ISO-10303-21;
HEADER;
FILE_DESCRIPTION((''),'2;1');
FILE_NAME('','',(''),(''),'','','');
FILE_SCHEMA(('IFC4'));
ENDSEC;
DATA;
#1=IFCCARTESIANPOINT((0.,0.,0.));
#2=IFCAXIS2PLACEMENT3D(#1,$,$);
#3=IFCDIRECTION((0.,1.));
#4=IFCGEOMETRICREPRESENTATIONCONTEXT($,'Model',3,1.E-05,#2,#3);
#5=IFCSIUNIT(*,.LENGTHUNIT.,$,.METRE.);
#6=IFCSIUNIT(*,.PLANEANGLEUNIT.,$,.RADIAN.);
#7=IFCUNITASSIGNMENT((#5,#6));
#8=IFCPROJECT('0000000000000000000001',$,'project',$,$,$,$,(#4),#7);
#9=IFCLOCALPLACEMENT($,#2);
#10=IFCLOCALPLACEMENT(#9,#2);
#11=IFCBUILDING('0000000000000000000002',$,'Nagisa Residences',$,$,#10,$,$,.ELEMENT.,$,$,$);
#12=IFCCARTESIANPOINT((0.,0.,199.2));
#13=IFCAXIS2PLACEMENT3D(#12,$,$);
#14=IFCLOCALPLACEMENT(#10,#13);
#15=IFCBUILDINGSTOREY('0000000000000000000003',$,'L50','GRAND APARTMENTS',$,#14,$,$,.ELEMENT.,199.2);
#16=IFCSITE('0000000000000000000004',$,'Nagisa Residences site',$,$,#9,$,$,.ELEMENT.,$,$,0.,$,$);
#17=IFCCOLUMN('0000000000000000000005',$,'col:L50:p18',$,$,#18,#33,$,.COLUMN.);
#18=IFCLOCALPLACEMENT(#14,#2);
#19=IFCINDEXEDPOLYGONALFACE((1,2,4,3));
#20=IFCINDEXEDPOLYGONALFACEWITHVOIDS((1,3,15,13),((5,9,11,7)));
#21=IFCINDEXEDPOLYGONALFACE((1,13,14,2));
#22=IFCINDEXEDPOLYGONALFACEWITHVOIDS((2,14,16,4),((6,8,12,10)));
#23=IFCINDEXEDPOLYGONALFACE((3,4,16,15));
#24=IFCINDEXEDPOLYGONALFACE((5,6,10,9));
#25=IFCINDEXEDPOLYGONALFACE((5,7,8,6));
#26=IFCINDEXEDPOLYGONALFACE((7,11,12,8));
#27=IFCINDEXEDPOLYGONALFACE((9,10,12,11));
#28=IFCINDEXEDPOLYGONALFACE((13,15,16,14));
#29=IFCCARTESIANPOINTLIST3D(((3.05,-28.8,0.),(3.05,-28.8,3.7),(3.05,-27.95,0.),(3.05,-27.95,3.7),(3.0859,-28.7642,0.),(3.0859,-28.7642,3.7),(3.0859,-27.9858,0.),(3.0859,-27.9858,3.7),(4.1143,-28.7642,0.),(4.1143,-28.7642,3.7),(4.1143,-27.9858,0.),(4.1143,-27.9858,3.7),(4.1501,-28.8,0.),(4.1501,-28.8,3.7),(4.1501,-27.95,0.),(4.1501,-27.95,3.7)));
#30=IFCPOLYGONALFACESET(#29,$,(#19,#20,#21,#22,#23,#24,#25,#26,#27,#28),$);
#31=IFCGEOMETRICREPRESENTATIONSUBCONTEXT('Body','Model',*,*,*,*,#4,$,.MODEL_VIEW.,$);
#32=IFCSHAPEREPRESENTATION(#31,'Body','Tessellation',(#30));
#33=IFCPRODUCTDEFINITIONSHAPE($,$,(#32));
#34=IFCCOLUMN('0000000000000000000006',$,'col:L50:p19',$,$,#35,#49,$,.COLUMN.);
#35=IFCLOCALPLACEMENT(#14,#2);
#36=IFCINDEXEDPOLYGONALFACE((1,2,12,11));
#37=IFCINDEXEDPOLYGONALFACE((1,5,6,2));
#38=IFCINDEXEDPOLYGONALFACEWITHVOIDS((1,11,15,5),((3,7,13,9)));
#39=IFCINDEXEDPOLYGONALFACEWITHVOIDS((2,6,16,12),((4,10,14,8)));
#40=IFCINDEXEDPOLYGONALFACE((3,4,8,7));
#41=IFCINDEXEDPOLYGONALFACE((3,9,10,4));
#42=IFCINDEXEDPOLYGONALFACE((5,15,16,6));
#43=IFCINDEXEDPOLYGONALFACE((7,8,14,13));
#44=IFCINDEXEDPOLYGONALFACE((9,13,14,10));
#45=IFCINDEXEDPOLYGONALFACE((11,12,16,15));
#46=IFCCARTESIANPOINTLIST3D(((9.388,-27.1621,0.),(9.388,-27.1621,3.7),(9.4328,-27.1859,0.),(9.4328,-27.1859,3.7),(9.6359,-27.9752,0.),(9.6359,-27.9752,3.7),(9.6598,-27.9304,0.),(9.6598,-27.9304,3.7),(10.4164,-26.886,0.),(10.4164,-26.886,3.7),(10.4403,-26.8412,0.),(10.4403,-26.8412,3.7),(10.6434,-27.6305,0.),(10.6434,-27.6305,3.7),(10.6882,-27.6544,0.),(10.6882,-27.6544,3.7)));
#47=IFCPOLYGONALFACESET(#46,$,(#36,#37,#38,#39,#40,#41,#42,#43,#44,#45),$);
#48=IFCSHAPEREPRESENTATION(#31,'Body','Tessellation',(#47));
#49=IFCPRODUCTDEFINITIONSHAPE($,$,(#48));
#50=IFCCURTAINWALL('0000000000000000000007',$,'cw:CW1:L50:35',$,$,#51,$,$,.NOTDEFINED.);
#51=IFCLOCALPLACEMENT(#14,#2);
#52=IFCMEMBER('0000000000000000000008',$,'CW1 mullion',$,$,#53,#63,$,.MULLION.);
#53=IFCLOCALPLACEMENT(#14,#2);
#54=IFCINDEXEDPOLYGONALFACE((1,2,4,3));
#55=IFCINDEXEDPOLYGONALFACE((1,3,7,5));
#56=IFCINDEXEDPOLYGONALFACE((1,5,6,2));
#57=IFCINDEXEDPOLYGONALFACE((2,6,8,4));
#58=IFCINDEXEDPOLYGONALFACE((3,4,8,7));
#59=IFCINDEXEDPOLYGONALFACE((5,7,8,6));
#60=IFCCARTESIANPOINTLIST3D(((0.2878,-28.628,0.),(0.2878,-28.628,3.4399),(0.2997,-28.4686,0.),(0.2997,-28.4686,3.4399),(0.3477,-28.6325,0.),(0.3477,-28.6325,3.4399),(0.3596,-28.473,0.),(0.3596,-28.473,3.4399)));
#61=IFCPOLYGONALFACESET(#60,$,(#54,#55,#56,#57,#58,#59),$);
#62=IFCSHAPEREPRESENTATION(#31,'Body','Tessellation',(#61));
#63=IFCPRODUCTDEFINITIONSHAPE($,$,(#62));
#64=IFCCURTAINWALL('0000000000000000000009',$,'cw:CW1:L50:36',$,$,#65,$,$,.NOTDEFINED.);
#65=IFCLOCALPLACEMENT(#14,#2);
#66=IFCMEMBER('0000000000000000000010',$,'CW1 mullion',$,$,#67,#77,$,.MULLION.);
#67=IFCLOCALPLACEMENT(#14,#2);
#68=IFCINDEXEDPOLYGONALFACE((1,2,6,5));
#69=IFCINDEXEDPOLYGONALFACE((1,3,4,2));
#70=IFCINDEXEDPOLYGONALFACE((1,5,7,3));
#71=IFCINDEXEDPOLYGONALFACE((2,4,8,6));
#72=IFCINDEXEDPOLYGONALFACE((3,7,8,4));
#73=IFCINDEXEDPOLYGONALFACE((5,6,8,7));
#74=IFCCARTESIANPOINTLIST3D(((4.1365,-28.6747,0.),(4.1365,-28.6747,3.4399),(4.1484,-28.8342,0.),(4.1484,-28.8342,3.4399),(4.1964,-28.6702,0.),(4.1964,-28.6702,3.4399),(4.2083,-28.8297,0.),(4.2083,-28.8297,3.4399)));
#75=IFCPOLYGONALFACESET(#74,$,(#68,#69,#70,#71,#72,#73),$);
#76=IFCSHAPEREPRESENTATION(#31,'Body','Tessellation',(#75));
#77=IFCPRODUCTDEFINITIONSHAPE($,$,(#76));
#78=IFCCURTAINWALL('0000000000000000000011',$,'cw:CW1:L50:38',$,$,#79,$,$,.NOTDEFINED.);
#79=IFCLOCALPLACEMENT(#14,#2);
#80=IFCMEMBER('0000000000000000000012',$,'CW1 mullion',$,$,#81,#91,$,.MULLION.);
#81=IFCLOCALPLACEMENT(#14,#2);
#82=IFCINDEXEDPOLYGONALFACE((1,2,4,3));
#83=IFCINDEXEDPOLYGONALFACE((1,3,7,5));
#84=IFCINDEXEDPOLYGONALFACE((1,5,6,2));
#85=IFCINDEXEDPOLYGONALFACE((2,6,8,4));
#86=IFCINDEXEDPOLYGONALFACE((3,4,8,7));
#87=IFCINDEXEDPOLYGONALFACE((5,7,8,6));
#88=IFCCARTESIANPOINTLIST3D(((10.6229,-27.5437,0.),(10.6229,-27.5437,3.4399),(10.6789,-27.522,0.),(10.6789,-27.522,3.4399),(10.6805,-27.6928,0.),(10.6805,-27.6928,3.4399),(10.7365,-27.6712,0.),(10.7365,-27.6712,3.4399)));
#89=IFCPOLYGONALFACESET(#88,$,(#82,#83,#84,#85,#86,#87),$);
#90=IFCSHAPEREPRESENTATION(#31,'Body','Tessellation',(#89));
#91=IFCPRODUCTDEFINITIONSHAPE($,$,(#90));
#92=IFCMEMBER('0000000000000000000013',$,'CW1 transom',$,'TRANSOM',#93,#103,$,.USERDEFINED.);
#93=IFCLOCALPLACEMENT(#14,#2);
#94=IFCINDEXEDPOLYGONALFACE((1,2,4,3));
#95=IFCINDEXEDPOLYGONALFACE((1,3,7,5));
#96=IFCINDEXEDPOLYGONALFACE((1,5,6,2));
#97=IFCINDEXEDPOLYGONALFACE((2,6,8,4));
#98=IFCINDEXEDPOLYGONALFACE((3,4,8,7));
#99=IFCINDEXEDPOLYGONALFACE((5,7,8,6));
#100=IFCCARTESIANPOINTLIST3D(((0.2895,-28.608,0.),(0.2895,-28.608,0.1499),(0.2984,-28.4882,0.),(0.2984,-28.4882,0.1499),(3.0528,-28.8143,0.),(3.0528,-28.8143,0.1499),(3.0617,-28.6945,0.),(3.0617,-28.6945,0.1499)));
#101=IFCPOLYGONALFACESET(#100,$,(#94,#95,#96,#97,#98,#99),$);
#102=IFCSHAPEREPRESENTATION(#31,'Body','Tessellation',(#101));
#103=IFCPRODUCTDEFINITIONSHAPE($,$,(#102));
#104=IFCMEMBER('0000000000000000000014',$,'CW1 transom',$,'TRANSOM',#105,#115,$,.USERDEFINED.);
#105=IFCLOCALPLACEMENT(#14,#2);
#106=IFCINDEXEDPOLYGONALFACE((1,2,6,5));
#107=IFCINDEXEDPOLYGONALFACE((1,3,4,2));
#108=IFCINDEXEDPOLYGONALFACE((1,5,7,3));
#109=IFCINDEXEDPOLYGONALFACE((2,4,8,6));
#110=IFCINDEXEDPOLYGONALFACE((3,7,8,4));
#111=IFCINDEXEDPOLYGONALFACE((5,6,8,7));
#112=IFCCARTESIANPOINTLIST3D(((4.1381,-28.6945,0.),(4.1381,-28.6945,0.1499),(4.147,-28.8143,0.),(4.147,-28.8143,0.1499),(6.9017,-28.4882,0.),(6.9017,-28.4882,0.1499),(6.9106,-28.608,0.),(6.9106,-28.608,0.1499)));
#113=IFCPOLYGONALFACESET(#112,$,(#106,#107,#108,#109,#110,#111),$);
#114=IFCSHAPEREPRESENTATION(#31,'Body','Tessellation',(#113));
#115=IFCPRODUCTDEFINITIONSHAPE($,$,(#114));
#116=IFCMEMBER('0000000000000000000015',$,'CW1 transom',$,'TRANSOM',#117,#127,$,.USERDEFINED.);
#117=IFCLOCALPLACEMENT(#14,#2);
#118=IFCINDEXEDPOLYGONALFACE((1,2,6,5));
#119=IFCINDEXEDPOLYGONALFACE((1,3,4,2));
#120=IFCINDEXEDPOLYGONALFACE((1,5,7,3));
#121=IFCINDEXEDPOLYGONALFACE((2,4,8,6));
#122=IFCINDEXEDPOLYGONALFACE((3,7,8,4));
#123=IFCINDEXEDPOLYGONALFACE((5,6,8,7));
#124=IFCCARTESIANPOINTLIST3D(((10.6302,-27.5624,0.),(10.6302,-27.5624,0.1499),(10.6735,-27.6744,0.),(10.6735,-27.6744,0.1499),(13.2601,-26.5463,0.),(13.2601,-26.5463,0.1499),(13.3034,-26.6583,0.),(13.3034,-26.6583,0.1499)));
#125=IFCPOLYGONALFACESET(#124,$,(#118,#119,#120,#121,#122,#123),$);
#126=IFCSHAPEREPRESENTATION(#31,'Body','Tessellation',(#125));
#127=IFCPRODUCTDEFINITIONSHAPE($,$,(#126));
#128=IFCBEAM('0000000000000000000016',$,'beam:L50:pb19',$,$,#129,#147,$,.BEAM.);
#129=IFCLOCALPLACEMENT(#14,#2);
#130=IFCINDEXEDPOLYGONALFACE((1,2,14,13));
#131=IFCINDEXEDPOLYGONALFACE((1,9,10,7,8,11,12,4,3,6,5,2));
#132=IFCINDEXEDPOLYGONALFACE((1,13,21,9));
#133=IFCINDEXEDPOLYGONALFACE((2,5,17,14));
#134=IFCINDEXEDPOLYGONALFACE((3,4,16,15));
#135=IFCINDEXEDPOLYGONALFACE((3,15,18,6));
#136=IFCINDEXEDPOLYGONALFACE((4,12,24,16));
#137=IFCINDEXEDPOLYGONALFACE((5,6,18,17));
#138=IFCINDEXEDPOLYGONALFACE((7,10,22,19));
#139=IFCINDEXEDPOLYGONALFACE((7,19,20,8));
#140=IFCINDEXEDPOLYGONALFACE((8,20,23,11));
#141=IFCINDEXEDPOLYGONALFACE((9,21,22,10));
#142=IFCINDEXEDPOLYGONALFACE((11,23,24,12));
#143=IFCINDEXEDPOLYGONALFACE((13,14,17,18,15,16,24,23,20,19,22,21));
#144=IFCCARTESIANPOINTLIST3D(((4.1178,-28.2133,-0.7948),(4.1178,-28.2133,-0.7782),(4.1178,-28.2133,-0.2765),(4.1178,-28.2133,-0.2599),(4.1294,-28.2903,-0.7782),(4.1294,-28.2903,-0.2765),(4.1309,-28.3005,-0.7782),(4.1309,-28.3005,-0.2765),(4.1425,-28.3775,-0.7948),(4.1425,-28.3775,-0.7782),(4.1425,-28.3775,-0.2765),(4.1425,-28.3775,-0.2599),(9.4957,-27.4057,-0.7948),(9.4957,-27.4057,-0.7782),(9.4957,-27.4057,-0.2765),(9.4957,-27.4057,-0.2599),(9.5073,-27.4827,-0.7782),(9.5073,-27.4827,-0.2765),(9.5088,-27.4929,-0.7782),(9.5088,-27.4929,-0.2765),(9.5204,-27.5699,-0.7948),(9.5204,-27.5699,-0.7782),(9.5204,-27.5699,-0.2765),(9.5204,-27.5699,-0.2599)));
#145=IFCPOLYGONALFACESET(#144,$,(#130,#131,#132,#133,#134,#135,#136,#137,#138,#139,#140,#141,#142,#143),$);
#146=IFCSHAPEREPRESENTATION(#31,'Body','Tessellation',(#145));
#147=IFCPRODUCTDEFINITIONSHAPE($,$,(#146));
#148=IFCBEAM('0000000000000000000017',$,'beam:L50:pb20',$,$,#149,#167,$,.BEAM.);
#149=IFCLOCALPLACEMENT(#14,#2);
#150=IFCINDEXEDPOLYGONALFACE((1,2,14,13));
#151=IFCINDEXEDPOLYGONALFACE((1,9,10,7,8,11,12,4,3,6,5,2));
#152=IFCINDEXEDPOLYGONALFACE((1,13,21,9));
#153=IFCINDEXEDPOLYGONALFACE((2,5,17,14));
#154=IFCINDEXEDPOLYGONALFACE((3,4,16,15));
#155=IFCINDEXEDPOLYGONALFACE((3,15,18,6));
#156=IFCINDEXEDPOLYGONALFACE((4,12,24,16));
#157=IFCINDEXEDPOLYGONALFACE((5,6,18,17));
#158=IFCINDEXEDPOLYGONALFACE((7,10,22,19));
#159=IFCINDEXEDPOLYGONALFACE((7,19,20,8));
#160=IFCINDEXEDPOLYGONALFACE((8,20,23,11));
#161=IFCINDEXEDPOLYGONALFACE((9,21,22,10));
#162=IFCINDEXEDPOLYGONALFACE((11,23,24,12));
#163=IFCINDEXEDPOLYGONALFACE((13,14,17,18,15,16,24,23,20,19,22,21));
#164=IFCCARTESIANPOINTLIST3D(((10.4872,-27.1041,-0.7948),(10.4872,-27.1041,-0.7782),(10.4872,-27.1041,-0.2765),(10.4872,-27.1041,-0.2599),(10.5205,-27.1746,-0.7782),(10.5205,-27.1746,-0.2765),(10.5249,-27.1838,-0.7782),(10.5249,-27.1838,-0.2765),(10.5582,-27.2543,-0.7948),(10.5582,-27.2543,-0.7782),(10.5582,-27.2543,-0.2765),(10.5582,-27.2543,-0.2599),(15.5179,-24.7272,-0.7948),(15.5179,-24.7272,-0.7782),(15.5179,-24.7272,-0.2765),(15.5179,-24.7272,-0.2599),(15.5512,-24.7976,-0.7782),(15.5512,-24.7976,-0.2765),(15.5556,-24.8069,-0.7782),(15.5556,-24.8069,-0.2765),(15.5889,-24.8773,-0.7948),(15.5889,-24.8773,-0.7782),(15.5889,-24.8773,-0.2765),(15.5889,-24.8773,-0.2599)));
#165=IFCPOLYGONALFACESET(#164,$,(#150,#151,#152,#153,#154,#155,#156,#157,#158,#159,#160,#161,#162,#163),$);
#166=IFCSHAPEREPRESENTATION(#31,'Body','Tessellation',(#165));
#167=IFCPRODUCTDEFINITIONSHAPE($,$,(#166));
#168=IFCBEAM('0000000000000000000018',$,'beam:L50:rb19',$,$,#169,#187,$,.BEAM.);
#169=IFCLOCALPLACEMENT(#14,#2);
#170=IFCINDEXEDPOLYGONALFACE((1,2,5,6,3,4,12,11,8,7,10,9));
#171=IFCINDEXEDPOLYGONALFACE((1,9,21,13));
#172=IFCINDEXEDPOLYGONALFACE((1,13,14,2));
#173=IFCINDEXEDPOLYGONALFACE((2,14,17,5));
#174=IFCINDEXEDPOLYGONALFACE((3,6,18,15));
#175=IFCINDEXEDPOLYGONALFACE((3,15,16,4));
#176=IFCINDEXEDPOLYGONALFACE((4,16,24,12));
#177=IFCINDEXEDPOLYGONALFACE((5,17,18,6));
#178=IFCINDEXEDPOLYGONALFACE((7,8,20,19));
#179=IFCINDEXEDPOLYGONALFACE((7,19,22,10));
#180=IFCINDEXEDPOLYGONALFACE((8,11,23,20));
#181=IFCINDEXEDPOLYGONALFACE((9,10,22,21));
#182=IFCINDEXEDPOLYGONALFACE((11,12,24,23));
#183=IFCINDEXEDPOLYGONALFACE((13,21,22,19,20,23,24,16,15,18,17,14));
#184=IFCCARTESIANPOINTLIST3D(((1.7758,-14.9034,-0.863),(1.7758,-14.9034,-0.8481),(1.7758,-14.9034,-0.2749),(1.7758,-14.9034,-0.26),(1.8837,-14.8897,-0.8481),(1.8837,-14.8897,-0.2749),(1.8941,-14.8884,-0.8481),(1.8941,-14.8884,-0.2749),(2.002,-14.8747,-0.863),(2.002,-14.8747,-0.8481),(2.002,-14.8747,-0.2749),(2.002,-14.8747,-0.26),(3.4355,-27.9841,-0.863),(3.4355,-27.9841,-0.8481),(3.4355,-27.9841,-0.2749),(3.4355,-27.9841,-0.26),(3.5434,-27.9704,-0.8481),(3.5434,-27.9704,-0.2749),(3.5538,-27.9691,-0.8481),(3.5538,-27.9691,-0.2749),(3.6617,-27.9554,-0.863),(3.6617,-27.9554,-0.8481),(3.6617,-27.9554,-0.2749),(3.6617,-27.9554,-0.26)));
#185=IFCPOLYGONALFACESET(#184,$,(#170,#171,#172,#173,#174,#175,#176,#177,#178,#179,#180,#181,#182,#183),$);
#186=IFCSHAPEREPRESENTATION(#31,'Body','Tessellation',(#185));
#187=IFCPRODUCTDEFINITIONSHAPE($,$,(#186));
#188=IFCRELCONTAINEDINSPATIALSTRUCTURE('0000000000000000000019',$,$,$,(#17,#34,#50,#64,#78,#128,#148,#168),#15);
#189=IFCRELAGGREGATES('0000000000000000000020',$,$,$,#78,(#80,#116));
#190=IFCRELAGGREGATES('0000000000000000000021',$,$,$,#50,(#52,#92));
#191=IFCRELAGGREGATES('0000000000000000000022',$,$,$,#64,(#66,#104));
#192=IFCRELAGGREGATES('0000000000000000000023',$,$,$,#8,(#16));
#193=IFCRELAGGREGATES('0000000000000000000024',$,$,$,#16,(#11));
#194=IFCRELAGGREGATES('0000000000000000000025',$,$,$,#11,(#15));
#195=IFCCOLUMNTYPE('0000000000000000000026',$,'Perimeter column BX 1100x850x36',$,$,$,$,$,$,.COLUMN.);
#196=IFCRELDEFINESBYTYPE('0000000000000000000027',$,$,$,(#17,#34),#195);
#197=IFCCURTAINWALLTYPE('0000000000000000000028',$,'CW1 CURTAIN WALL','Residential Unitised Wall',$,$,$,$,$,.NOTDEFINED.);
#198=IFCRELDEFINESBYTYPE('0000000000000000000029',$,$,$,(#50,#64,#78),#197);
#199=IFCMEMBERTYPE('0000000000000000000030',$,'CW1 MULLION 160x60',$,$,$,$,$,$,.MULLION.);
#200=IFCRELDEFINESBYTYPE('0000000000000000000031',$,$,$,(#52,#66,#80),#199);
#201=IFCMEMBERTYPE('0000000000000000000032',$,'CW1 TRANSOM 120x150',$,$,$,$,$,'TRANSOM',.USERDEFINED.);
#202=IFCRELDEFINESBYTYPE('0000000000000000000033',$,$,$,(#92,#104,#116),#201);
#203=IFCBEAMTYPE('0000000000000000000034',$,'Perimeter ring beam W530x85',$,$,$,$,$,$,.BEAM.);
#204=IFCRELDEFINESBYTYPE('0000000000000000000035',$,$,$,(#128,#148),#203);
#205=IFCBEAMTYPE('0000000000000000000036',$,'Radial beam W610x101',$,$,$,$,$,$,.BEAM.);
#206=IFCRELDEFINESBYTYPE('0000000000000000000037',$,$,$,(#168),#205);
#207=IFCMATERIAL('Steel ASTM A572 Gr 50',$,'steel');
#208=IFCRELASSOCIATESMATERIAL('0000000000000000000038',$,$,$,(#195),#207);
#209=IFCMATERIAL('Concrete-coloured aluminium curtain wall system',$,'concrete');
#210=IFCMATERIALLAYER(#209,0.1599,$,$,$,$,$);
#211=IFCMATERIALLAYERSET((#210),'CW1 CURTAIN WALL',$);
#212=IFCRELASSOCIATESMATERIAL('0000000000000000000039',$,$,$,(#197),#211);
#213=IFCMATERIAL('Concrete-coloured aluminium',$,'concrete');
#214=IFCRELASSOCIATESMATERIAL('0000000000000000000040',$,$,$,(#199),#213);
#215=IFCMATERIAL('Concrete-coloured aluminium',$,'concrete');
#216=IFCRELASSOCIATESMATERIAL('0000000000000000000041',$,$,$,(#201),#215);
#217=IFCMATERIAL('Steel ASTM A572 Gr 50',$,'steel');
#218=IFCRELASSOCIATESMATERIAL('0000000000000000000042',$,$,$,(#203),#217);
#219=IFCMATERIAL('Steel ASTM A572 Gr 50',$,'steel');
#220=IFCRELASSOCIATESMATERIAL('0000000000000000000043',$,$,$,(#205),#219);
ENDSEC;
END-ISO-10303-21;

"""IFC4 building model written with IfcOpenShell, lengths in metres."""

from ifc_helpers import new_model, si_unit, direction, frame, origin, origin_2d, place, context, subcontext, project, spatial, rectangle, hollow_rectangle, i_section, extrude, material, layer, layer_set, material_profile, profile_set, type_object, element, aggregate, save


model = new_model("IFC4")

# Units and contexts
model_context = context("Model", 3, precision=1e-05, world=origin(), true_north=direction((0.0, 1.0)))
body_context = subcontext(model_context, "Body", "Model", "MODEL_VIEW")
ifc_project = project(units=[si_unit("LENGTHUNIT", "METRE"), si_unit("PLANEANGLEUNIT", "RADIAN")], contexts=[model_context])

# Site, building, storey
site_placement = place(None, origin())
site = spatial("IfcSite", under=ifc_project, at=site_placement, Name="Nagisa Residences site", CompositionType="ELEMENT", RefElevation=0.0)
building_placement = place(site_placement, origin())
building = spatial("IfcBuilding", under=site, at=building_placement, Name="Nagisa Residences", CompositionType="ELEMENT")
storey_placement = place(building_placement, frame((0.0, 0.0, 199.2)))
storey = spatial("IfcBuildingStorey", under=building, at=storey_placement, Name="L50", Description="GRAND APARTMENTS", CompositionType="ELEMENT", Elevation=199.2)

# Columns
ifc_material_1 = material(Name="Steel ASTM A572 Gr 50", Category="steel")
ifc_material_profile_1 = material_profile(ifc_material_1, hollow_rectangle(XDim=1.1001, YDim=0.8501, WallThickness=0.0359, at=origin_2d()), Name="BX 1100x850x36")
ifc_profile_set_1 = profile_set([ifc_material_profile_1], Name="Steel ASTM A572 Gr 50")
column_type = type_object("IfcColumnType", Name="Perimeter column BX 1100x850x36", PredefinedType="COLUMN", material=ifc_profile_set_1)
for number, where, z_axis, x_axis, name in (
    (1, (3.6001, -28.375, 0.0), (0.0, 0.0, 1.0), (1.0, 0.0, 0.0), "col:L50:p18"),
    (2, (10.0381, -27.4082, 0.0), (0.0, 0.0, 1.0), (0.956525, 0.291652, 0.0), "col:L50:p19"),
):
    element("IfcColumn", number, at=place(storey_placement, frame(where, z_axis=z_axis, x_axis=x_axis)), inside=storey, type_object=column_type, Name=name, PredefinedType="COLUMN", context=body_context, shape_type="SweptSolid", body=[
        extrude(hollow_rectangle(XDim=1.1001, YDim=0.8501, WallThickness=0.0359, at=origin_2d()), origin(), (0.0, 0.0, 1.0), 3.7),
    ])

# Curtain walls, members
ifc_material_2 = material(Name="Concrete-coloured aluminium curtain wall system", Category="concrete")
ifc_layer_1 = layer(ifc_material_2, 0.1599)
ifc_layer_set_1 = layer_set([ifc_layer_1], Name="CW1 CURTAIN WALL")
curtain_wall_type = type_object("IfcCurtainWallType", Name="CW1 CURTAIN WALL", Description="Residential Unitised Wall", PredefinedType="NOTDEFINED", material=ifc_layer_set_1)
curtain_wall_1_placement = place(storey_placement, origin())
curtain_wall_1 = element("IfcCurtainWall", 3, at=curtain_wall_1_placement, inside=storey, type_object=curtain_wall_type, Name="cw:CW1:L50:35", PredefinedType="NOTDEFINED")
ifc_material_3 = material(Name="Concrete-coloured aluminium", Category="concrete")
ifc_material_profile_2 = material_profile(ifc_material_3, rectangle(XDim=0.1599, YDim=0.0601, at=origin_2d()), Name="CW1 MULLION 160x60")
ifc_profile_set_2 = profile_set([ifc_material_profile_2], Name="Concrete-coloured aluminium")
member_type_1 = type_object("IfcMemberType", Name="CW1 MULLION 160x60", PredefinedType="MULLION", material=ifc_profile_set_2)
member_1_placement = place(storey_placement, frame((0.3237, -28.5505, 0.0), z_axis=(0.0, 0.0, 1.0), x_axis=(0.074377, 0.99723, 0.0)))
member_1 = element("IfcMember", 4, at=member_1_placement, type_object=member_type_1, Name="CW1 mullion", PredefinedType="MULLION", context=body_context, shape_type="SweptSolid", body=[
    extrude(rectangle(XDim=0.1599, YDim=0.0601, at=origin_2d()), origin(), (0.0, 0.0, 1.0), 3.4399),
])
curtain_wall_2_placement = place(storey_placement, origin())
curtain_wall_2 = element("IfcCurtainWall", 5, at=curtain_wall_2_placement, inside=storey, type_object=curtain_wall_type, Name="cw:CW1:L50:36", PredefinedType="NOTDEFINED")
member_2_placement = place(storey_placement, frame((4.1724, -28.7522, 0.0), z_axis=(0.0, 0.0, 1.0), x_axis=(-0.074377, 0.99723, 0.0)))
member_2 = element("IfcMember", 6, at=member_2_placement, type_object=member_type_1, Name="CW1 mullion", PredefinedType="MULLION", context=body_context, shape_type="SweptSolid", body=[
    extrude(rectangle(XDim=0.1599, YDim=0.0601, at=origin_2d()), origin(), (0.0, 0.0, 1.0), 3.4399),
])
curtain_wall_3_placement = place(storey_placement, origin())
curtain_wall_3 = element("IfcCurtainWall", 7, at=curtain_wall_3_placement, inside=storey, type_object=curtain_wall_type, Name="cw:CW1:L50:38", PredefinedType="NOTDEFINED")
member_3_placement = place(storey_placement, frame((10.6797, -27.6074, 0.0), z_axis=(0.0, 0.0, 1.0), x_axis=(-0.360328, 0.932826, 0.0)))
member_3 = element("IfcMember", 8, at=member_3_placement, type_object=member_type_1, Name="CW1 mullion", PredefinedType="MULLION", context=body_context, shape_type="SweptSolid", body=[
    extrude(rectangle(XDim=0.1599, YDim=0.0601, at=origin_2d()), origin(), (0.0, 0.0, 1.0), 3.4399),
])

# Members
ifc_material_4 = material(Name="Concrete-coloured aluminium", Category="concrete")
ifc_material_profile_3 = material_profile(ifc_material_4, rectangle(XDim=0.1201, YDim=0.1499, at=origin_2d()), Name="CW1 TRANSOM 120x150")
ifc_profile_set_3 = profile_set([ifc_material_profile_3], Name="Concrete-coloured aluminium")
member_type_2 = type_object("IfcMemberType", Name="CW1 TRANSOM 120x150", ElementType="TRANSOM", PredefinedType="USERDEFINED", material=ifc_profile_set_3)
member_4_placement = place(storey_placement, frame((0.2939, -28.5481, 0.075), z_axis=(0.997225, -0.074446, 0.0), x_axis=(0.074446, 0.997225, 0.0)))
member_4 = element("IfcMember", 9, at=member_4_placement, type_object=member_type_2, Name="CW1 transom", ObjectType="TRANSOM", PredefinedType="USERDEFINED", context=body_context, shape_type="SweptSolid", body=[
    extrude(rectangle(XDim=0.1201, YDim=0.1499, at=origin_2d()), origin(), (0.0, 0.0, 1.0), 2.771),
])
member_5_placement = place(storey_placement, frame((4.1426, -28.7544, 0.075), z_axis=(0.997226, 0.07444, 0.0), x_axis=(-0.07444, 0.997226, 0.0)))
member_5 = element("IfcMember", 10, at=member_5_placement, type_object=member_type_2, Name="CW1 transom", ObjectType="TRANSOM", PredefinedType="USERDEFINED", context=body_context, shape_type="SweptSolid", body=[
    extrude(rectangle(XDim=0.1201, YDim=0.1499, at=origin_2d()), origin(), (0.0, 0.0, 1.0), 2.7712),
])
member_6_placement = place(storey_placement, frame((10.6519, -27.6184, 0.075), z_axis=(0.932795, 0.360406, 0.0), x_axis=(-0.360406, 0.932795, 0.0)))
member_6 = element("IfcMember", 11, at=member_6_placement, type_object=member_type_2, Name="CW1 transom", ObjectType="TRANSOM", PredefinedType="USERDEFINED", context=body_context, shape_type="SweptSolid", body=[
    extrude(rectangle(XDim=0.1201, YDim=0.1499, at=origin_2d()), origin(), (0.0, 0.0, 1.0), 2.8193),
])
aggregate(curtain_wall_3, [member_3, member_6])

# Beams
ifc_material_5 = material(Name="Steel ASTM A572 Gr 50", Category="steel")
ifc_material_profile_4 = material_profile(ifc_material_5, i_section(OverallWidth=0.166, OverallDepth=0.5349, WebThickness=0.0103, FlangeThickness=0.0166, at=origin_2d()), Name="W530x85")
ifc_profile_set_4 = profile_set([ifc_material_profile_4], Name="Steel ASTM A572 Gr 50")
beam_type_1 = type_object("IfcBeamType", Name="Perimeter ring beam W530x85", PredefinedType="BEAM", material=ifc_profile_set_4)
beam_1_placement = place(storey_placement, frame((4.1301, -28.2954, -0.5273), z_axis=(0.988911, 0.148507, 0.0), x_axis=(-0.148507, 0.988911, 0.0)))
element("IfcBeam", 12, at=beam_1_placement, inside=storey, type_object=beam_type_1, Name="beam:L50:pb19", PredefinedType="BEAM", context=body_context, shape_type="SweptSolid", body=[
    extrude(i_section(OverallWidth=0.166, OverallDepth=0.5349, WebThickness=0.0103, FlangeThickness=0.0166, at=origin_2d()), origin(), (0.0, 0.0, 1.0), 5.4382),
])
beam_2_placement = place(storey_placement, frame((10.5227, -27.1792, -0.5273), z_axis=(0.904157, 0.4272, 0.0), x_axis=(-0.4272, 0.904157, 0.0)))
element("IfcBeam", 13, at=beam_2_placement, inside=storey, type_object=beam_type_1, Name="beam:L50:pb20", PredefinedType="BEAM", context=body_context, shape_type="SweptSolid", body=[
    extrude(i_section(OverallWidth=0.166, OverallDepth=0.5349, WebThickness=0.0103, FlangeThickness=0.0166, at=origin_2d()), origin(), (0.0, 0.0, 1.0), 5.564),
])
ifc_material_6 = material(Name="Steel ASTM A572 Gr 50", Category="steel")
ifc_material_profile_5 = material_profile(ifc_material_6, i_section(OverallWidth=0.228, OverallDepth=0.603, WebThickness=0.0105, FlangeThickness=0.0149, at=origin_2d()), Name="W610x101")
ifc_profile_set_5 = profile_set([ifc_material_profile_5], Name="Steel ASTM A572 Gr 50")
beam_type_2 = type_object("IfcBeamType", Name="Radial beam W610x101", PredefinedType="BEAM", material=ifc_profile_set_5)
beam_3_placement = place(storey_placement, frame((3.5486, -27.9697, -0.5615), z_axis=(-0.125871, 0.992047, 0.0), x_axis=(-0.992047, -0.125871, 0.0)))
element("IfcBeam", 14, at=beam_3_placement, inside=storey, type_object=beam_type_2, Name="beam:L50:rb19", PredefinedType="BEAM", context=body_context, shape_type="SweptSolid", body=[
    extrude(i_section(OverallWidth=0.228, OverallDepth=0.603, WebThickness=0.0105, FlangeThickness=0.0149, at=origin_2d()), origin(), (0.0, 0.0, 1.0), 13.1855),
])

aggregate(curtain_wall_1, [member_1, member_4])
aggregate(curtain_wall_2, [member_2, member_5])

save(model, "model.ifc")
